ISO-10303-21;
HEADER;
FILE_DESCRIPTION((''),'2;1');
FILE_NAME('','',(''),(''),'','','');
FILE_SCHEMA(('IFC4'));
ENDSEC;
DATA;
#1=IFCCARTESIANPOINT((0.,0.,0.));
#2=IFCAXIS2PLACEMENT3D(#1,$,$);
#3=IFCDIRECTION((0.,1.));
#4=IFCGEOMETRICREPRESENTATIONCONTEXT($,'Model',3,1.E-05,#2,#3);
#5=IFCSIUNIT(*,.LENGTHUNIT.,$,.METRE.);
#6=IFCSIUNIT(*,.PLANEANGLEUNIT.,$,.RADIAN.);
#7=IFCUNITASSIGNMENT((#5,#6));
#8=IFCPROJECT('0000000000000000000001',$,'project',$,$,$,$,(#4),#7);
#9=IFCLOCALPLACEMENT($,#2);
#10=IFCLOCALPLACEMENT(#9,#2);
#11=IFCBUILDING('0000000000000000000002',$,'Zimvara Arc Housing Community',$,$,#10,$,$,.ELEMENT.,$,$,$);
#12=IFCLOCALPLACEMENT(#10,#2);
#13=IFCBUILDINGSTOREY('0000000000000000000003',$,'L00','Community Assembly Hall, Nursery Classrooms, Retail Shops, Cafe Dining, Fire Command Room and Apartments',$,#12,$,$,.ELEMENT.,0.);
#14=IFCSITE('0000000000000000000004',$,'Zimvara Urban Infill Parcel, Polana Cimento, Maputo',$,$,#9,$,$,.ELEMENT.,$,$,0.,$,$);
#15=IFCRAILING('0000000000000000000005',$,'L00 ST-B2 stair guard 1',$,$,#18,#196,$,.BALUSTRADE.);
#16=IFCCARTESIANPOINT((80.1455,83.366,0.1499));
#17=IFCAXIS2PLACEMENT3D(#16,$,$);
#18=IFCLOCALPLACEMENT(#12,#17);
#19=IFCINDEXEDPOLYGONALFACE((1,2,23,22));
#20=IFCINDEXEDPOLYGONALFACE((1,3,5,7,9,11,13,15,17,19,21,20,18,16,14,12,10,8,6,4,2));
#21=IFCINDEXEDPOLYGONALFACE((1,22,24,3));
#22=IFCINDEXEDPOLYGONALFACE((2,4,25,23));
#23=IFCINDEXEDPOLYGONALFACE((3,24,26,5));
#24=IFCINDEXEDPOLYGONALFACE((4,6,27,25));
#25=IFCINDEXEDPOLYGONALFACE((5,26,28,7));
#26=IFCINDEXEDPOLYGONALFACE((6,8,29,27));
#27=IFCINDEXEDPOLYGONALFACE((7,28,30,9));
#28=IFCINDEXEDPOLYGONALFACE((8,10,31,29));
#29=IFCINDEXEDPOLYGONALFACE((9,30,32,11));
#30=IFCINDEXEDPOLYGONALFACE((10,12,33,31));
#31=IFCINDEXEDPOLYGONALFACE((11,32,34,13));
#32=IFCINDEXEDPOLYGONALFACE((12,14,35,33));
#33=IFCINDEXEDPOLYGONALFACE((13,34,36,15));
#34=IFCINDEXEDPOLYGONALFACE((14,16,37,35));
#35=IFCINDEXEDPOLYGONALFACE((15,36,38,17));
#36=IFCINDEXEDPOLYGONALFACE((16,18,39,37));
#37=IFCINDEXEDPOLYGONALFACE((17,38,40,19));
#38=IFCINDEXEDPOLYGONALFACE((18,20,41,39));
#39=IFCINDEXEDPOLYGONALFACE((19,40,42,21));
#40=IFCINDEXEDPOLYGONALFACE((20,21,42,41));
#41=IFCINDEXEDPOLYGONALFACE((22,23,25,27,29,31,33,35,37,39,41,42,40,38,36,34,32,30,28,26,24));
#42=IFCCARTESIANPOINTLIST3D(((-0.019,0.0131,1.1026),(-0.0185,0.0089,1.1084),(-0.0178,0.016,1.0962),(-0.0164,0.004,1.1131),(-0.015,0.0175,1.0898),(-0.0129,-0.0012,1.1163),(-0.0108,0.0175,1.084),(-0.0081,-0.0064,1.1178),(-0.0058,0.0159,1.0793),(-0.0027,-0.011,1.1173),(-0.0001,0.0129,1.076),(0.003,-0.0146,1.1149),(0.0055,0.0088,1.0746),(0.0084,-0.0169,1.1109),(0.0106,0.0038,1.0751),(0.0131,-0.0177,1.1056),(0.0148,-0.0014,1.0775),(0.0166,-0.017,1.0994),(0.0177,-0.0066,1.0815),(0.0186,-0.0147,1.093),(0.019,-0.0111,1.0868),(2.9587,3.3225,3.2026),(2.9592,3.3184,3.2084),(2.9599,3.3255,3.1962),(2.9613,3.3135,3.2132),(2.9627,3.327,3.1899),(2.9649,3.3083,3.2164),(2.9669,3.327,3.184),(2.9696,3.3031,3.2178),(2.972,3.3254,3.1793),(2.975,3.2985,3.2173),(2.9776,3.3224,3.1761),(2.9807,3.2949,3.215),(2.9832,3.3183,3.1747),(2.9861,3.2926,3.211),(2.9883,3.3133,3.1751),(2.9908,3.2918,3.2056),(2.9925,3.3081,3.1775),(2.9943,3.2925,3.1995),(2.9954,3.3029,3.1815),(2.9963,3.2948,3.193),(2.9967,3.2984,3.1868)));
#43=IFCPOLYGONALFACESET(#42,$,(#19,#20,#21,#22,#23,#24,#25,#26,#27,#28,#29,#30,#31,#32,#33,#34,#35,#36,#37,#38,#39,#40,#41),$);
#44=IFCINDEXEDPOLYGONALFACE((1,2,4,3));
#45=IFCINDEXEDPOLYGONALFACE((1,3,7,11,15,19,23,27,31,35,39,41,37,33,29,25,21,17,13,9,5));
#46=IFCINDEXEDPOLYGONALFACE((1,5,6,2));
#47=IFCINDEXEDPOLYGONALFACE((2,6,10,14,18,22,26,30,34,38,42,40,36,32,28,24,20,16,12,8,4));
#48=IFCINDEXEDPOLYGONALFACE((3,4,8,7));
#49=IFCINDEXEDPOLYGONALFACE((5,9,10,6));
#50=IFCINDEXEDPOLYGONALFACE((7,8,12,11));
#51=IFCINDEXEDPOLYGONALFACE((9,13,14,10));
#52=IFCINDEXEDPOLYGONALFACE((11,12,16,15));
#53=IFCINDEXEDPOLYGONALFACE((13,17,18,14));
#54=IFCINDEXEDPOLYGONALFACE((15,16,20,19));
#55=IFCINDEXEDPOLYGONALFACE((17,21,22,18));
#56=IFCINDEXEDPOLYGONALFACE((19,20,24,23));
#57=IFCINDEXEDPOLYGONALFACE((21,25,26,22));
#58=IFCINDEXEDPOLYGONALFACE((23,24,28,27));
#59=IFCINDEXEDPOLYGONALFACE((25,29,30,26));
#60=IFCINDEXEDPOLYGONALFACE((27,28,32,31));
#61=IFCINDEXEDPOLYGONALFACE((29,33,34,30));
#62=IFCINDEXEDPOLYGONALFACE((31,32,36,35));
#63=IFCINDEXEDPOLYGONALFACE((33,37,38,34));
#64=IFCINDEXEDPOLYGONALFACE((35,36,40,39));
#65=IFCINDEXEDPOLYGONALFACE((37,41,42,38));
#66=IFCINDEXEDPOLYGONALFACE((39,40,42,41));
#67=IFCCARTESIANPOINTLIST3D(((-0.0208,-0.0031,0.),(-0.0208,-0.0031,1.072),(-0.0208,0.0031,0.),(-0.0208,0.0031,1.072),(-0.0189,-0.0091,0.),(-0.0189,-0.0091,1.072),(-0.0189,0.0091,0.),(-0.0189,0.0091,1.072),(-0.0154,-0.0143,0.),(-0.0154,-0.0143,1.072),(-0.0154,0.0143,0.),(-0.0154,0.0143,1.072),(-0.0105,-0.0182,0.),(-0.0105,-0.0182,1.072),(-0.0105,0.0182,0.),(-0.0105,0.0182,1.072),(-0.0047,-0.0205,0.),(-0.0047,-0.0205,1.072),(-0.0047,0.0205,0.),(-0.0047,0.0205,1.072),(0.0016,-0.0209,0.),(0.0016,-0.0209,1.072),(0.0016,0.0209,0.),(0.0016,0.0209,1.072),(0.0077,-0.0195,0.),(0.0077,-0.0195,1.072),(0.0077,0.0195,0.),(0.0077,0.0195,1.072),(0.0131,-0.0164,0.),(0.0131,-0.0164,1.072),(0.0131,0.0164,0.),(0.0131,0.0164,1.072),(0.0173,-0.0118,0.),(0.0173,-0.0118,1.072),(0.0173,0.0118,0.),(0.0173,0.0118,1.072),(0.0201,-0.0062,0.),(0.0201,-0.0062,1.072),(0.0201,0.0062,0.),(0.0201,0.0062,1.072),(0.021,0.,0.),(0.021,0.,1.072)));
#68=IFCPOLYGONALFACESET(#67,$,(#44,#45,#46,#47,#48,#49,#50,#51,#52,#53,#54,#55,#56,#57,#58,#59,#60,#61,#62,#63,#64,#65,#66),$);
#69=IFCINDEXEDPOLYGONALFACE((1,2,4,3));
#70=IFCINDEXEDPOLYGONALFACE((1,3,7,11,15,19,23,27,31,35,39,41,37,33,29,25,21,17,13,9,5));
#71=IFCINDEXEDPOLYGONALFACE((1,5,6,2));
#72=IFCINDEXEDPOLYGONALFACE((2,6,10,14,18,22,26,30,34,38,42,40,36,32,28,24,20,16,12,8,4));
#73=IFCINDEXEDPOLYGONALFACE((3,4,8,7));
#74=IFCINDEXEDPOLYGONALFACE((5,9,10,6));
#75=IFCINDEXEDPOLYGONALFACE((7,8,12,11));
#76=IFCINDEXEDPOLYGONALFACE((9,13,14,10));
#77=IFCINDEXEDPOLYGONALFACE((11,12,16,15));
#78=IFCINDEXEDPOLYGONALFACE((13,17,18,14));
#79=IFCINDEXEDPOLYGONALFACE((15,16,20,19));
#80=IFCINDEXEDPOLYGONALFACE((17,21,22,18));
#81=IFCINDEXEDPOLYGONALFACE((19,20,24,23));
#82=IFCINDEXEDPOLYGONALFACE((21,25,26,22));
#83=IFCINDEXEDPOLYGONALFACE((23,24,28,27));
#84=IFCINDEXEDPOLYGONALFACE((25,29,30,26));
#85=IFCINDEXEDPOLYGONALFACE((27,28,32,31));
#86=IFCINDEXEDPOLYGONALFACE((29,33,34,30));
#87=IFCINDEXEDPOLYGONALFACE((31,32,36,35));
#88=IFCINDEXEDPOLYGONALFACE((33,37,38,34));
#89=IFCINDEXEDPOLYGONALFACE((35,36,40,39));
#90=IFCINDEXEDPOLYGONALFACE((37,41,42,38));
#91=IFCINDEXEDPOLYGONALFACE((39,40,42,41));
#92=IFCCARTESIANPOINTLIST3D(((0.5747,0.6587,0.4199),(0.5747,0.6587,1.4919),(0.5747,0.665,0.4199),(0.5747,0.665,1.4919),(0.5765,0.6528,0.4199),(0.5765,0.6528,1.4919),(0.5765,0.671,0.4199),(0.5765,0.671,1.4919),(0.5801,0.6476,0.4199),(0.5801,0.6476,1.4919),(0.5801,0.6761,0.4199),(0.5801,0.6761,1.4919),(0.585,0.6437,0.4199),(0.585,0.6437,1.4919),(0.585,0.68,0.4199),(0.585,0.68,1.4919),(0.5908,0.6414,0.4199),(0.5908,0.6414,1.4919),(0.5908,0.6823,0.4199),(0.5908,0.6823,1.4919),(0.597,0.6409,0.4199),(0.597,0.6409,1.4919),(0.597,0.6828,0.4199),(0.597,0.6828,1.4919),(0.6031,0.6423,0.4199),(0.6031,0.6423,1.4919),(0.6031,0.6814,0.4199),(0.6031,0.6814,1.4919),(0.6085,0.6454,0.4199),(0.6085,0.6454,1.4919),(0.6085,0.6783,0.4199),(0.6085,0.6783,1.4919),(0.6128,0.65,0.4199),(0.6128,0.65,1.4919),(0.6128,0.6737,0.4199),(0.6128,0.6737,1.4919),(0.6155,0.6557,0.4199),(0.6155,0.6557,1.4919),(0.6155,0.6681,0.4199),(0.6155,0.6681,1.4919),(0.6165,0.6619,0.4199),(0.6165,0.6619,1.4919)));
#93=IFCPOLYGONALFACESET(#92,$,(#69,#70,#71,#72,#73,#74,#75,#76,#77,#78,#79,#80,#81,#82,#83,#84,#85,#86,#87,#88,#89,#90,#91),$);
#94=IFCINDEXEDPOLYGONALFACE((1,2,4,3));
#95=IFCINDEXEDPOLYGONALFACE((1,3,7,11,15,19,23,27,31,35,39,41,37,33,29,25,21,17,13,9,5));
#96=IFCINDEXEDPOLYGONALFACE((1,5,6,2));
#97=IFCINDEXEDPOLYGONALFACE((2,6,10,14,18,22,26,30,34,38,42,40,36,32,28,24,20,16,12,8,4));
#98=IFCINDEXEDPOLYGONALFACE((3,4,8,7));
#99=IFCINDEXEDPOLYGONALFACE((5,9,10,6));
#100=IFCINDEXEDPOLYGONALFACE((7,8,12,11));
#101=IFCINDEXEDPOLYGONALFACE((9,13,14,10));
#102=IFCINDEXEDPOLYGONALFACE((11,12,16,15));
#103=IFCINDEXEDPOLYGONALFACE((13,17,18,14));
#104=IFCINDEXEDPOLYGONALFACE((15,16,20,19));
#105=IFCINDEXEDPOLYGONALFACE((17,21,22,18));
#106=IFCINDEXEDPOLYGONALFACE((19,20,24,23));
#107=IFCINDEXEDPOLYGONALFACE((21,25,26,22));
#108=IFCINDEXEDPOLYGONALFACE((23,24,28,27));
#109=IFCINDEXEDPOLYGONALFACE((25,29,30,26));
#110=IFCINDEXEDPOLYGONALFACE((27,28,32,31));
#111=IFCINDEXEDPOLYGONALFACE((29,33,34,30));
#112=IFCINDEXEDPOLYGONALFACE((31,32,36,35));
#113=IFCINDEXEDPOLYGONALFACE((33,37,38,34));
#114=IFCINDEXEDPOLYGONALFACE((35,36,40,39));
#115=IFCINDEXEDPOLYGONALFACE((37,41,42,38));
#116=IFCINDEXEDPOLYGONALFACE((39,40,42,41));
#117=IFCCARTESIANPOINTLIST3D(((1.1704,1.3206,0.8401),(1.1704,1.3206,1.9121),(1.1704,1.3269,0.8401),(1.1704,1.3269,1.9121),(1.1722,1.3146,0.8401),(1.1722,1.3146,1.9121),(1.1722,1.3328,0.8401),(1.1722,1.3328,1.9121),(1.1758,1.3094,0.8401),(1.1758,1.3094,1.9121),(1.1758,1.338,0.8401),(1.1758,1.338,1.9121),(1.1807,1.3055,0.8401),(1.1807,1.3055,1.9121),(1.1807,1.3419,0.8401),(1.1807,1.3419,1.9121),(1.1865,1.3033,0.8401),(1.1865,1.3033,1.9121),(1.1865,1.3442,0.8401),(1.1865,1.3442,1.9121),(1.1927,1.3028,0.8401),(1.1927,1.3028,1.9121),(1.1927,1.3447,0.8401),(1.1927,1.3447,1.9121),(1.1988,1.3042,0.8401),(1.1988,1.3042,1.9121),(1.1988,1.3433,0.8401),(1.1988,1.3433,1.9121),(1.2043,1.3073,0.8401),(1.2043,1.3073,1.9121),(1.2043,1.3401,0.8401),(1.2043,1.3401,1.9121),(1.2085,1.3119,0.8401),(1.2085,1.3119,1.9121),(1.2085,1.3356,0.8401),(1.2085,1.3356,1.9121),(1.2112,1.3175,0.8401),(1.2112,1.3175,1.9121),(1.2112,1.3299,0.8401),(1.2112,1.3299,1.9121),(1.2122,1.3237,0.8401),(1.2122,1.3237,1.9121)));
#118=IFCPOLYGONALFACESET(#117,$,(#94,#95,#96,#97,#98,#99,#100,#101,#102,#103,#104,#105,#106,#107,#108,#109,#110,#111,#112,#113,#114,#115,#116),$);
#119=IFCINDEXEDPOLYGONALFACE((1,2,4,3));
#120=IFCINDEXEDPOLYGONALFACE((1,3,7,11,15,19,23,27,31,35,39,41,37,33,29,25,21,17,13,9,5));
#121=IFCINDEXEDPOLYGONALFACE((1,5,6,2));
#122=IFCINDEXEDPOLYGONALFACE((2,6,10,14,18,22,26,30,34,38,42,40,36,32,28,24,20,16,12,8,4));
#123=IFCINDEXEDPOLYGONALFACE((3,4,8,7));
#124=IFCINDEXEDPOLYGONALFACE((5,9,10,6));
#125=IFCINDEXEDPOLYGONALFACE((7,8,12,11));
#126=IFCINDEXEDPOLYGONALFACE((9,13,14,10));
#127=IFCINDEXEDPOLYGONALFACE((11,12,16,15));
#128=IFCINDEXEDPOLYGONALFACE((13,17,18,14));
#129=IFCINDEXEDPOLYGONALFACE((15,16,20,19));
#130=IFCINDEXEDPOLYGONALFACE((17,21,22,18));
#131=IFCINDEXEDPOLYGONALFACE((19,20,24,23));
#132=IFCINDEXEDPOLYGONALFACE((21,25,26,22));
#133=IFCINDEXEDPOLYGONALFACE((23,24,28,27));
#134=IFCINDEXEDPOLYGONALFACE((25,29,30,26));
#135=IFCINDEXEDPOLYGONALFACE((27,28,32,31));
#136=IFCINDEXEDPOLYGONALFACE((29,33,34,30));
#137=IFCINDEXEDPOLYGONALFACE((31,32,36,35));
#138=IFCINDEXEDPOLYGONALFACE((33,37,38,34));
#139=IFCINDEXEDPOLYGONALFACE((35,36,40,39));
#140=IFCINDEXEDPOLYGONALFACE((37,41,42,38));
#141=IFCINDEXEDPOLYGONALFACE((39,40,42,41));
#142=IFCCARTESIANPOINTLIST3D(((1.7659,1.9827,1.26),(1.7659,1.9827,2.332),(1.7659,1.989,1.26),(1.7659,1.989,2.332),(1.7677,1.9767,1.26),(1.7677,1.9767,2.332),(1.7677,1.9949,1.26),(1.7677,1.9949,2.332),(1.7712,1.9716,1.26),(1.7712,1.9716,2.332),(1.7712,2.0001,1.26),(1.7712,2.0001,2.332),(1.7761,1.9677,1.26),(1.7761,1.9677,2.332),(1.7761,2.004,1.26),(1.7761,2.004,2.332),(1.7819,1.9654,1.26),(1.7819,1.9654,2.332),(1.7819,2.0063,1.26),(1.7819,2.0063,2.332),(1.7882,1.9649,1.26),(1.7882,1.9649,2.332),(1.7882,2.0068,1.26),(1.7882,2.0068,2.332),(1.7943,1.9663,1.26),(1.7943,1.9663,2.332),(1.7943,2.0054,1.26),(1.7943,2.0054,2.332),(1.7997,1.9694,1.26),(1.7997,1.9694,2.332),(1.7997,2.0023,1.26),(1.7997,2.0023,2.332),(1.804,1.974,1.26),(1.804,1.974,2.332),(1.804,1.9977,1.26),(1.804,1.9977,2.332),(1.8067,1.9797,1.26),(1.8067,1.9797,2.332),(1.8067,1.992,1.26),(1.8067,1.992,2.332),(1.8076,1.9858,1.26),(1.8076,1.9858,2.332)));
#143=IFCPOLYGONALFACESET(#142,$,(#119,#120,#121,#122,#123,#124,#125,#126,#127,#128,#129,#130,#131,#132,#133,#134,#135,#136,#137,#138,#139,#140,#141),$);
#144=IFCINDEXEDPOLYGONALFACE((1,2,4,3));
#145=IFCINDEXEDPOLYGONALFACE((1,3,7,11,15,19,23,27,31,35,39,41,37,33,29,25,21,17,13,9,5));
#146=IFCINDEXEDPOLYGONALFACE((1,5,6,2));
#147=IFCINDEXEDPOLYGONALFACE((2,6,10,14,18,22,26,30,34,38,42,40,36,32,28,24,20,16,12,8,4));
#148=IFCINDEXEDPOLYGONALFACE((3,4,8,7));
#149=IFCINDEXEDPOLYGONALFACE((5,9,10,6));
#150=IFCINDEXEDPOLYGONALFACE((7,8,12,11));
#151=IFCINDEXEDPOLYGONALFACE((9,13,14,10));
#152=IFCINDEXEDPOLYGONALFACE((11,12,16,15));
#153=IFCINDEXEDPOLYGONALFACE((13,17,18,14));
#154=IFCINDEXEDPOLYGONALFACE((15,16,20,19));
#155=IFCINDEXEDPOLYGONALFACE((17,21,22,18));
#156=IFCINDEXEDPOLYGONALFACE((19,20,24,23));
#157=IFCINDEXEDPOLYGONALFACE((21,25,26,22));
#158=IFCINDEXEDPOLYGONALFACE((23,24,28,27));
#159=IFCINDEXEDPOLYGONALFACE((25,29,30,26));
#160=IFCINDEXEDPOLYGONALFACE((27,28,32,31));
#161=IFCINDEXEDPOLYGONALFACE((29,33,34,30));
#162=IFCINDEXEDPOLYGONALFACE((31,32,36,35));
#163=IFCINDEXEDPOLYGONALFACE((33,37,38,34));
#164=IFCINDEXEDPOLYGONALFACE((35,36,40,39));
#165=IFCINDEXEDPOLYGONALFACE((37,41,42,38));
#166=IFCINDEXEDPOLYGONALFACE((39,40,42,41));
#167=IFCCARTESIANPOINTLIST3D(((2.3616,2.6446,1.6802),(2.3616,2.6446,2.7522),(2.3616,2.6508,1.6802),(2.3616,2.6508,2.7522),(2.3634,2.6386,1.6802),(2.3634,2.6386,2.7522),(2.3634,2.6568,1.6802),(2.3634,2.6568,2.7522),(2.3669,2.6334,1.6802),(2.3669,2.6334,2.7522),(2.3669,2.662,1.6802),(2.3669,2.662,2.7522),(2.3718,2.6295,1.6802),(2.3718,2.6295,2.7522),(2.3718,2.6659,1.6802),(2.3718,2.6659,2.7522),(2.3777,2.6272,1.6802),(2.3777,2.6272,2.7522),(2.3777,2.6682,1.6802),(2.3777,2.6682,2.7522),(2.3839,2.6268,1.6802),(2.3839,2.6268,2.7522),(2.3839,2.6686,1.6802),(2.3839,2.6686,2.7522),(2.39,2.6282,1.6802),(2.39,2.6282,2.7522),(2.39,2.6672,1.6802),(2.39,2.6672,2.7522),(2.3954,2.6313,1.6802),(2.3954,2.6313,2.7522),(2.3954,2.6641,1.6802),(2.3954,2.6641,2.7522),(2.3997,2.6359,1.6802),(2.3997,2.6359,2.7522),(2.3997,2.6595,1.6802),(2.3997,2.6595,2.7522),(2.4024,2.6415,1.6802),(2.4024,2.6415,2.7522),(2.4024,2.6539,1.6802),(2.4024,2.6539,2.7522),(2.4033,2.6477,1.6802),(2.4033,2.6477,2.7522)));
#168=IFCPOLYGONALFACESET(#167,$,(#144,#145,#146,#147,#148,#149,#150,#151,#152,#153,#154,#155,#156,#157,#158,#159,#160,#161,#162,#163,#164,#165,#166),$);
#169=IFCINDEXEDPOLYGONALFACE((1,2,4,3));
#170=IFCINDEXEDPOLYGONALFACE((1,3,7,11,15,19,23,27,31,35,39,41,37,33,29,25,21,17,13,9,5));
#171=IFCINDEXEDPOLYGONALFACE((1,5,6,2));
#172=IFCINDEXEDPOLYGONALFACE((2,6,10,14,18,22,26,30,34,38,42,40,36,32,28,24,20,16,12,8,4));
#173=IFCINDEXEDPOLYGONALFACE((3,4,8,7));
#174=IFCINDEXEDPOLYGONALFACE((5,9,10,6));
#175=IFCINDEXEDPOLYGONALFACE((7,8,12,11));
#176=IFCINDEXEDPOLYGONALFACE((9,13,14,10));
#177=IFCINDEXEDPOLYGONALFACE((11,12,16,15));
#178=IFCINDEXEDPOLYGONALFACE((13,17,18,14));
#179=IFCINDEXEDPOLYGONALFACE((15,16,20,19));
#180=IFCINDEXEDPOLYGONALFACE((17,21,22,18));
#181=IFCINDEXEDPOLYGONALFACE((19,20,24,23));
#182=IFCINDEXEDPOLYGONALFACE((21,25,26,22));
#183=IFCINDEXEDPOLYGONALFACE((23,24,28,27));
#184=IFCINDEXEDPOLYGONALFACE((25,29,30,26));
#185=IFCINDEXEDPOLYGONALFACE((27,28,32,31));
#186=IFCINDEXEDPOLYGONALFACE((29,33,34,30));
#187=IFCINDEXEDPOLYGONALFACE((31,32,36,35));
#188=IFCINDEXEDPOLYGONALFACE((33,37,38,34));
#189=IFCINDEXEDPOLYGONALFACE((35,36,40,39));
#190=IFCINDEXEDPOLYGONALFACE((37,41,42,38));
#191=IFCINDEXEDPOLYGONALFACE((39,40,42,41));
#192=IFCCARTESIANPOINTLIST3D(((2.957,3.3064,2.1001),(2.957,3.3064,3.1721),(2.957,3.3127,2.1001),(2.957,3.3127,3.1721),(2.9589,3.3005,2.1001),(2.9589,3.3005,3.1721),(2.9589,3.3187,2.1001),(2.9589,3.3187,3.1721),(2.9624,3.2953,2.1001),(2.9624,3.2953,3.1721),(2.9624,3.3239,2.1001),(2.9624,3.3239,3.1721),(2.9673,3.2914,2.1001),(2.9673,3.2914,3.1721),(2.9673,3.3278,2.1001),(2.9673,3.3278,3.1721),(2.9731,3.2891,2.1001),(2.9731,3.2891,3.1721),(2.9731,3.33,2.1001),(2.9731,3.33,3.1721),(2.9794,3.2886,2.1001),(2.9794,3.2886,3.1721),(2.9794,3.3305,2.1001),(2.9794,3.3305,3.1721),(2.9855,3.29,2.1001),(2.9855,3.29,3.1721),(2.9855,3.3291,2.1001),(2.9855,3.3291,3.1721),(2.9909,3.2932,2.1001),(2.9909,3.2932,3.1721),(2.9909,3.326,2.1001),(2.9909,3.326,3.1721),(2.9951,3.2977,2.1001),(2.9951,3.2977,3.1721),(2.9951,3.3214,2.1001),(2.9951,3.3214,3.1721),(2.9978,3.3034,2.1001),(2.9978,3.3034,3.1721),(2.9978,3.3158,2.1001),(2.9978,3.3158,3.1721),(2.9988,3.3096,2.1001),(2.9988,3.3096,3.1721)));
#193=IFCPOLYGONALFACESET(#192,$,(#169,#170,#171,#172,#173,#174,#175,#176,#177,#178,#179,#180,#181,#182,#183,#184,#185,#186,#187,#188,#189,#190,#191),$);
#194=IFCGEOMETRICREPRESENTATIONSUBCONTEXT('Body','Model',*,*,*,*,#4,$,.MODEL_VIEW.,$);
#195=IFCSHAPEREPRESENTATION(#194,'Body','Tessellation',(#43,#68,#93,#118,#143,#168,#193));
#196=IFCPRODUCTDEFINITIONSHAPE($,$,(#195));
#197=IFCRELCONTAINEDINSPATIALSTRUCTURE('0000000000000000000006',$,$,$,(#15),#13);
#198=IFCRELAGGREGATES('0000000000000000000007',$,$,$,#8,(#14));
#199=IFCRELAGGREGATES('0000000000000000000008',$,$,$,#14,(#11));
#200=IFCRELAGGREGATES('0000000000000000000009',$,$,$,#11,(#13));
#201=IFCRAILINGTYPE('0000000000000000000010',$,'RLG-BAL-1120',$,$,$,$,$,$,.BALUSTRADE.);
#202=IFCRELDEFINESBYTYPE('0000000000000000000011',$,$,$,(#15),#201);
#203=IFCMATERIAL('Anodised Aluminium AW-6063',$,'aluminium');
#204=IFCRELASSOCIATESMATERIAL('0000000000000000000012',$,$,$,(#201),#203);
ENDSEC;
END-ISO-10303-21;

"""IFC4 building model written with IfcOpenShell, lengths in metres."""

from ifc_helpers import new_model, si_unit, direction, frame, origin, origin_2d, place, context, subcontext, project, spatial, circle, extrude, material, type_object, element, save


model = new_model("IFC4")

# Units and contexts
model_context = context("Model", 3, precision=1e-05, world=origin(), true_north=direction((0.0, 1.0)))
body_context = subcontext(model_context, "Body", "Model", "MODEL_VIEW")
ifc_project = project(units=[si_unit("LENGTHUNIT", "METRE"), si_unit("PLANEANGLEUNIT", "RADIAN")], contexts=[model_context])

# Site, building, storey
site_placement = place(None, origin())
site = spatial("IfcSite", under=ifc_project, at=site_placement, Name="Zimvara Urban Infill Parcel, Polana Cimento, Maputo", CompositionType="ELEMENT", RefElevation=0.0)
building_placement = place(site_placement, origin())
building = spatial("IfcBuilding", under=site, at=building_placement, Name="Zimvara Arc Housing Community", CompositionType="ELEMENT")
storey_placement = place(building_placement, origin())
storey = spatial("IfcBuildingStorey", under=building, at=storey_placement, Name="L00", Description="Community Assembly Hall, Nursery Classrooms, Retail Shops, Cafe Dining, Fire Command Room and Apartments", CompositionType="ELEMENT", Elevation=0.0)

# Railing
ifc_material_1 = material(Name="Anodised Aluminium AW-6063", Category="aluminium")
railing_type = type_object("IfcRailingType", Name="RLG-BAL-1120", PredefinedType="BALUSTRADE", material=ifc_material_1)
railing_1_placement = place(storey_placement, frame((80.1455, 83.366, 0.1499)))
element("IfcRailing", 1, at=railing_1_placement, inside=storey, type_object=railing_type, Name="L00 ST-B2 stair guard 1", PredefinedType="BALUSTRADE", context=body_context, shape_type="SweptSolid", body=[
    extrude(circle(Radius=0.0239, at=origin_2d()), frame((0.0, 0.0, 1.0962), z_axis=(0.604935, 0.672337, 0.426634), x_axis=(-0.743387, 0.668862, 0.0)), (0.0, 0.0, 1.0), 4.9224),
    extrude(circle(Radius=0.021, at=origin_2d()), origin(), (0.0, 0.0, 1.0), 1.072),
    extrude(circle(Radius=0.021, at=origin_2d()), frame((0.5955, 0.6619, 0.4199)), (0.0, 0.0, 1.0), 1.072),
    extrude(circle(Radius=0.021, at=origin_2d()), frame((1.1912, 1.3237, 0.8401)), (0.0, 0.0, 1.0), 1.072),
    extrude(circle(Radius=0.021, at=origin_2d()), frame((1.7866, 1.9858, 1.26)), (0.0, 0.0, 1.0), 1.072),
    extrude(circle(Radius=0.021, at=origin_2d()), frame((2.3823, 2.6477, 1.6802)), (0.0, 0.0, 1.0), 1.072),
    extrude(circle(Radius=0.021, at=origin_2d()), frame((2.9778, 3.3096, 2.1001)), (0.0, 0.0, 1.0), 1.072),
])

save(model, "model.ifc")
